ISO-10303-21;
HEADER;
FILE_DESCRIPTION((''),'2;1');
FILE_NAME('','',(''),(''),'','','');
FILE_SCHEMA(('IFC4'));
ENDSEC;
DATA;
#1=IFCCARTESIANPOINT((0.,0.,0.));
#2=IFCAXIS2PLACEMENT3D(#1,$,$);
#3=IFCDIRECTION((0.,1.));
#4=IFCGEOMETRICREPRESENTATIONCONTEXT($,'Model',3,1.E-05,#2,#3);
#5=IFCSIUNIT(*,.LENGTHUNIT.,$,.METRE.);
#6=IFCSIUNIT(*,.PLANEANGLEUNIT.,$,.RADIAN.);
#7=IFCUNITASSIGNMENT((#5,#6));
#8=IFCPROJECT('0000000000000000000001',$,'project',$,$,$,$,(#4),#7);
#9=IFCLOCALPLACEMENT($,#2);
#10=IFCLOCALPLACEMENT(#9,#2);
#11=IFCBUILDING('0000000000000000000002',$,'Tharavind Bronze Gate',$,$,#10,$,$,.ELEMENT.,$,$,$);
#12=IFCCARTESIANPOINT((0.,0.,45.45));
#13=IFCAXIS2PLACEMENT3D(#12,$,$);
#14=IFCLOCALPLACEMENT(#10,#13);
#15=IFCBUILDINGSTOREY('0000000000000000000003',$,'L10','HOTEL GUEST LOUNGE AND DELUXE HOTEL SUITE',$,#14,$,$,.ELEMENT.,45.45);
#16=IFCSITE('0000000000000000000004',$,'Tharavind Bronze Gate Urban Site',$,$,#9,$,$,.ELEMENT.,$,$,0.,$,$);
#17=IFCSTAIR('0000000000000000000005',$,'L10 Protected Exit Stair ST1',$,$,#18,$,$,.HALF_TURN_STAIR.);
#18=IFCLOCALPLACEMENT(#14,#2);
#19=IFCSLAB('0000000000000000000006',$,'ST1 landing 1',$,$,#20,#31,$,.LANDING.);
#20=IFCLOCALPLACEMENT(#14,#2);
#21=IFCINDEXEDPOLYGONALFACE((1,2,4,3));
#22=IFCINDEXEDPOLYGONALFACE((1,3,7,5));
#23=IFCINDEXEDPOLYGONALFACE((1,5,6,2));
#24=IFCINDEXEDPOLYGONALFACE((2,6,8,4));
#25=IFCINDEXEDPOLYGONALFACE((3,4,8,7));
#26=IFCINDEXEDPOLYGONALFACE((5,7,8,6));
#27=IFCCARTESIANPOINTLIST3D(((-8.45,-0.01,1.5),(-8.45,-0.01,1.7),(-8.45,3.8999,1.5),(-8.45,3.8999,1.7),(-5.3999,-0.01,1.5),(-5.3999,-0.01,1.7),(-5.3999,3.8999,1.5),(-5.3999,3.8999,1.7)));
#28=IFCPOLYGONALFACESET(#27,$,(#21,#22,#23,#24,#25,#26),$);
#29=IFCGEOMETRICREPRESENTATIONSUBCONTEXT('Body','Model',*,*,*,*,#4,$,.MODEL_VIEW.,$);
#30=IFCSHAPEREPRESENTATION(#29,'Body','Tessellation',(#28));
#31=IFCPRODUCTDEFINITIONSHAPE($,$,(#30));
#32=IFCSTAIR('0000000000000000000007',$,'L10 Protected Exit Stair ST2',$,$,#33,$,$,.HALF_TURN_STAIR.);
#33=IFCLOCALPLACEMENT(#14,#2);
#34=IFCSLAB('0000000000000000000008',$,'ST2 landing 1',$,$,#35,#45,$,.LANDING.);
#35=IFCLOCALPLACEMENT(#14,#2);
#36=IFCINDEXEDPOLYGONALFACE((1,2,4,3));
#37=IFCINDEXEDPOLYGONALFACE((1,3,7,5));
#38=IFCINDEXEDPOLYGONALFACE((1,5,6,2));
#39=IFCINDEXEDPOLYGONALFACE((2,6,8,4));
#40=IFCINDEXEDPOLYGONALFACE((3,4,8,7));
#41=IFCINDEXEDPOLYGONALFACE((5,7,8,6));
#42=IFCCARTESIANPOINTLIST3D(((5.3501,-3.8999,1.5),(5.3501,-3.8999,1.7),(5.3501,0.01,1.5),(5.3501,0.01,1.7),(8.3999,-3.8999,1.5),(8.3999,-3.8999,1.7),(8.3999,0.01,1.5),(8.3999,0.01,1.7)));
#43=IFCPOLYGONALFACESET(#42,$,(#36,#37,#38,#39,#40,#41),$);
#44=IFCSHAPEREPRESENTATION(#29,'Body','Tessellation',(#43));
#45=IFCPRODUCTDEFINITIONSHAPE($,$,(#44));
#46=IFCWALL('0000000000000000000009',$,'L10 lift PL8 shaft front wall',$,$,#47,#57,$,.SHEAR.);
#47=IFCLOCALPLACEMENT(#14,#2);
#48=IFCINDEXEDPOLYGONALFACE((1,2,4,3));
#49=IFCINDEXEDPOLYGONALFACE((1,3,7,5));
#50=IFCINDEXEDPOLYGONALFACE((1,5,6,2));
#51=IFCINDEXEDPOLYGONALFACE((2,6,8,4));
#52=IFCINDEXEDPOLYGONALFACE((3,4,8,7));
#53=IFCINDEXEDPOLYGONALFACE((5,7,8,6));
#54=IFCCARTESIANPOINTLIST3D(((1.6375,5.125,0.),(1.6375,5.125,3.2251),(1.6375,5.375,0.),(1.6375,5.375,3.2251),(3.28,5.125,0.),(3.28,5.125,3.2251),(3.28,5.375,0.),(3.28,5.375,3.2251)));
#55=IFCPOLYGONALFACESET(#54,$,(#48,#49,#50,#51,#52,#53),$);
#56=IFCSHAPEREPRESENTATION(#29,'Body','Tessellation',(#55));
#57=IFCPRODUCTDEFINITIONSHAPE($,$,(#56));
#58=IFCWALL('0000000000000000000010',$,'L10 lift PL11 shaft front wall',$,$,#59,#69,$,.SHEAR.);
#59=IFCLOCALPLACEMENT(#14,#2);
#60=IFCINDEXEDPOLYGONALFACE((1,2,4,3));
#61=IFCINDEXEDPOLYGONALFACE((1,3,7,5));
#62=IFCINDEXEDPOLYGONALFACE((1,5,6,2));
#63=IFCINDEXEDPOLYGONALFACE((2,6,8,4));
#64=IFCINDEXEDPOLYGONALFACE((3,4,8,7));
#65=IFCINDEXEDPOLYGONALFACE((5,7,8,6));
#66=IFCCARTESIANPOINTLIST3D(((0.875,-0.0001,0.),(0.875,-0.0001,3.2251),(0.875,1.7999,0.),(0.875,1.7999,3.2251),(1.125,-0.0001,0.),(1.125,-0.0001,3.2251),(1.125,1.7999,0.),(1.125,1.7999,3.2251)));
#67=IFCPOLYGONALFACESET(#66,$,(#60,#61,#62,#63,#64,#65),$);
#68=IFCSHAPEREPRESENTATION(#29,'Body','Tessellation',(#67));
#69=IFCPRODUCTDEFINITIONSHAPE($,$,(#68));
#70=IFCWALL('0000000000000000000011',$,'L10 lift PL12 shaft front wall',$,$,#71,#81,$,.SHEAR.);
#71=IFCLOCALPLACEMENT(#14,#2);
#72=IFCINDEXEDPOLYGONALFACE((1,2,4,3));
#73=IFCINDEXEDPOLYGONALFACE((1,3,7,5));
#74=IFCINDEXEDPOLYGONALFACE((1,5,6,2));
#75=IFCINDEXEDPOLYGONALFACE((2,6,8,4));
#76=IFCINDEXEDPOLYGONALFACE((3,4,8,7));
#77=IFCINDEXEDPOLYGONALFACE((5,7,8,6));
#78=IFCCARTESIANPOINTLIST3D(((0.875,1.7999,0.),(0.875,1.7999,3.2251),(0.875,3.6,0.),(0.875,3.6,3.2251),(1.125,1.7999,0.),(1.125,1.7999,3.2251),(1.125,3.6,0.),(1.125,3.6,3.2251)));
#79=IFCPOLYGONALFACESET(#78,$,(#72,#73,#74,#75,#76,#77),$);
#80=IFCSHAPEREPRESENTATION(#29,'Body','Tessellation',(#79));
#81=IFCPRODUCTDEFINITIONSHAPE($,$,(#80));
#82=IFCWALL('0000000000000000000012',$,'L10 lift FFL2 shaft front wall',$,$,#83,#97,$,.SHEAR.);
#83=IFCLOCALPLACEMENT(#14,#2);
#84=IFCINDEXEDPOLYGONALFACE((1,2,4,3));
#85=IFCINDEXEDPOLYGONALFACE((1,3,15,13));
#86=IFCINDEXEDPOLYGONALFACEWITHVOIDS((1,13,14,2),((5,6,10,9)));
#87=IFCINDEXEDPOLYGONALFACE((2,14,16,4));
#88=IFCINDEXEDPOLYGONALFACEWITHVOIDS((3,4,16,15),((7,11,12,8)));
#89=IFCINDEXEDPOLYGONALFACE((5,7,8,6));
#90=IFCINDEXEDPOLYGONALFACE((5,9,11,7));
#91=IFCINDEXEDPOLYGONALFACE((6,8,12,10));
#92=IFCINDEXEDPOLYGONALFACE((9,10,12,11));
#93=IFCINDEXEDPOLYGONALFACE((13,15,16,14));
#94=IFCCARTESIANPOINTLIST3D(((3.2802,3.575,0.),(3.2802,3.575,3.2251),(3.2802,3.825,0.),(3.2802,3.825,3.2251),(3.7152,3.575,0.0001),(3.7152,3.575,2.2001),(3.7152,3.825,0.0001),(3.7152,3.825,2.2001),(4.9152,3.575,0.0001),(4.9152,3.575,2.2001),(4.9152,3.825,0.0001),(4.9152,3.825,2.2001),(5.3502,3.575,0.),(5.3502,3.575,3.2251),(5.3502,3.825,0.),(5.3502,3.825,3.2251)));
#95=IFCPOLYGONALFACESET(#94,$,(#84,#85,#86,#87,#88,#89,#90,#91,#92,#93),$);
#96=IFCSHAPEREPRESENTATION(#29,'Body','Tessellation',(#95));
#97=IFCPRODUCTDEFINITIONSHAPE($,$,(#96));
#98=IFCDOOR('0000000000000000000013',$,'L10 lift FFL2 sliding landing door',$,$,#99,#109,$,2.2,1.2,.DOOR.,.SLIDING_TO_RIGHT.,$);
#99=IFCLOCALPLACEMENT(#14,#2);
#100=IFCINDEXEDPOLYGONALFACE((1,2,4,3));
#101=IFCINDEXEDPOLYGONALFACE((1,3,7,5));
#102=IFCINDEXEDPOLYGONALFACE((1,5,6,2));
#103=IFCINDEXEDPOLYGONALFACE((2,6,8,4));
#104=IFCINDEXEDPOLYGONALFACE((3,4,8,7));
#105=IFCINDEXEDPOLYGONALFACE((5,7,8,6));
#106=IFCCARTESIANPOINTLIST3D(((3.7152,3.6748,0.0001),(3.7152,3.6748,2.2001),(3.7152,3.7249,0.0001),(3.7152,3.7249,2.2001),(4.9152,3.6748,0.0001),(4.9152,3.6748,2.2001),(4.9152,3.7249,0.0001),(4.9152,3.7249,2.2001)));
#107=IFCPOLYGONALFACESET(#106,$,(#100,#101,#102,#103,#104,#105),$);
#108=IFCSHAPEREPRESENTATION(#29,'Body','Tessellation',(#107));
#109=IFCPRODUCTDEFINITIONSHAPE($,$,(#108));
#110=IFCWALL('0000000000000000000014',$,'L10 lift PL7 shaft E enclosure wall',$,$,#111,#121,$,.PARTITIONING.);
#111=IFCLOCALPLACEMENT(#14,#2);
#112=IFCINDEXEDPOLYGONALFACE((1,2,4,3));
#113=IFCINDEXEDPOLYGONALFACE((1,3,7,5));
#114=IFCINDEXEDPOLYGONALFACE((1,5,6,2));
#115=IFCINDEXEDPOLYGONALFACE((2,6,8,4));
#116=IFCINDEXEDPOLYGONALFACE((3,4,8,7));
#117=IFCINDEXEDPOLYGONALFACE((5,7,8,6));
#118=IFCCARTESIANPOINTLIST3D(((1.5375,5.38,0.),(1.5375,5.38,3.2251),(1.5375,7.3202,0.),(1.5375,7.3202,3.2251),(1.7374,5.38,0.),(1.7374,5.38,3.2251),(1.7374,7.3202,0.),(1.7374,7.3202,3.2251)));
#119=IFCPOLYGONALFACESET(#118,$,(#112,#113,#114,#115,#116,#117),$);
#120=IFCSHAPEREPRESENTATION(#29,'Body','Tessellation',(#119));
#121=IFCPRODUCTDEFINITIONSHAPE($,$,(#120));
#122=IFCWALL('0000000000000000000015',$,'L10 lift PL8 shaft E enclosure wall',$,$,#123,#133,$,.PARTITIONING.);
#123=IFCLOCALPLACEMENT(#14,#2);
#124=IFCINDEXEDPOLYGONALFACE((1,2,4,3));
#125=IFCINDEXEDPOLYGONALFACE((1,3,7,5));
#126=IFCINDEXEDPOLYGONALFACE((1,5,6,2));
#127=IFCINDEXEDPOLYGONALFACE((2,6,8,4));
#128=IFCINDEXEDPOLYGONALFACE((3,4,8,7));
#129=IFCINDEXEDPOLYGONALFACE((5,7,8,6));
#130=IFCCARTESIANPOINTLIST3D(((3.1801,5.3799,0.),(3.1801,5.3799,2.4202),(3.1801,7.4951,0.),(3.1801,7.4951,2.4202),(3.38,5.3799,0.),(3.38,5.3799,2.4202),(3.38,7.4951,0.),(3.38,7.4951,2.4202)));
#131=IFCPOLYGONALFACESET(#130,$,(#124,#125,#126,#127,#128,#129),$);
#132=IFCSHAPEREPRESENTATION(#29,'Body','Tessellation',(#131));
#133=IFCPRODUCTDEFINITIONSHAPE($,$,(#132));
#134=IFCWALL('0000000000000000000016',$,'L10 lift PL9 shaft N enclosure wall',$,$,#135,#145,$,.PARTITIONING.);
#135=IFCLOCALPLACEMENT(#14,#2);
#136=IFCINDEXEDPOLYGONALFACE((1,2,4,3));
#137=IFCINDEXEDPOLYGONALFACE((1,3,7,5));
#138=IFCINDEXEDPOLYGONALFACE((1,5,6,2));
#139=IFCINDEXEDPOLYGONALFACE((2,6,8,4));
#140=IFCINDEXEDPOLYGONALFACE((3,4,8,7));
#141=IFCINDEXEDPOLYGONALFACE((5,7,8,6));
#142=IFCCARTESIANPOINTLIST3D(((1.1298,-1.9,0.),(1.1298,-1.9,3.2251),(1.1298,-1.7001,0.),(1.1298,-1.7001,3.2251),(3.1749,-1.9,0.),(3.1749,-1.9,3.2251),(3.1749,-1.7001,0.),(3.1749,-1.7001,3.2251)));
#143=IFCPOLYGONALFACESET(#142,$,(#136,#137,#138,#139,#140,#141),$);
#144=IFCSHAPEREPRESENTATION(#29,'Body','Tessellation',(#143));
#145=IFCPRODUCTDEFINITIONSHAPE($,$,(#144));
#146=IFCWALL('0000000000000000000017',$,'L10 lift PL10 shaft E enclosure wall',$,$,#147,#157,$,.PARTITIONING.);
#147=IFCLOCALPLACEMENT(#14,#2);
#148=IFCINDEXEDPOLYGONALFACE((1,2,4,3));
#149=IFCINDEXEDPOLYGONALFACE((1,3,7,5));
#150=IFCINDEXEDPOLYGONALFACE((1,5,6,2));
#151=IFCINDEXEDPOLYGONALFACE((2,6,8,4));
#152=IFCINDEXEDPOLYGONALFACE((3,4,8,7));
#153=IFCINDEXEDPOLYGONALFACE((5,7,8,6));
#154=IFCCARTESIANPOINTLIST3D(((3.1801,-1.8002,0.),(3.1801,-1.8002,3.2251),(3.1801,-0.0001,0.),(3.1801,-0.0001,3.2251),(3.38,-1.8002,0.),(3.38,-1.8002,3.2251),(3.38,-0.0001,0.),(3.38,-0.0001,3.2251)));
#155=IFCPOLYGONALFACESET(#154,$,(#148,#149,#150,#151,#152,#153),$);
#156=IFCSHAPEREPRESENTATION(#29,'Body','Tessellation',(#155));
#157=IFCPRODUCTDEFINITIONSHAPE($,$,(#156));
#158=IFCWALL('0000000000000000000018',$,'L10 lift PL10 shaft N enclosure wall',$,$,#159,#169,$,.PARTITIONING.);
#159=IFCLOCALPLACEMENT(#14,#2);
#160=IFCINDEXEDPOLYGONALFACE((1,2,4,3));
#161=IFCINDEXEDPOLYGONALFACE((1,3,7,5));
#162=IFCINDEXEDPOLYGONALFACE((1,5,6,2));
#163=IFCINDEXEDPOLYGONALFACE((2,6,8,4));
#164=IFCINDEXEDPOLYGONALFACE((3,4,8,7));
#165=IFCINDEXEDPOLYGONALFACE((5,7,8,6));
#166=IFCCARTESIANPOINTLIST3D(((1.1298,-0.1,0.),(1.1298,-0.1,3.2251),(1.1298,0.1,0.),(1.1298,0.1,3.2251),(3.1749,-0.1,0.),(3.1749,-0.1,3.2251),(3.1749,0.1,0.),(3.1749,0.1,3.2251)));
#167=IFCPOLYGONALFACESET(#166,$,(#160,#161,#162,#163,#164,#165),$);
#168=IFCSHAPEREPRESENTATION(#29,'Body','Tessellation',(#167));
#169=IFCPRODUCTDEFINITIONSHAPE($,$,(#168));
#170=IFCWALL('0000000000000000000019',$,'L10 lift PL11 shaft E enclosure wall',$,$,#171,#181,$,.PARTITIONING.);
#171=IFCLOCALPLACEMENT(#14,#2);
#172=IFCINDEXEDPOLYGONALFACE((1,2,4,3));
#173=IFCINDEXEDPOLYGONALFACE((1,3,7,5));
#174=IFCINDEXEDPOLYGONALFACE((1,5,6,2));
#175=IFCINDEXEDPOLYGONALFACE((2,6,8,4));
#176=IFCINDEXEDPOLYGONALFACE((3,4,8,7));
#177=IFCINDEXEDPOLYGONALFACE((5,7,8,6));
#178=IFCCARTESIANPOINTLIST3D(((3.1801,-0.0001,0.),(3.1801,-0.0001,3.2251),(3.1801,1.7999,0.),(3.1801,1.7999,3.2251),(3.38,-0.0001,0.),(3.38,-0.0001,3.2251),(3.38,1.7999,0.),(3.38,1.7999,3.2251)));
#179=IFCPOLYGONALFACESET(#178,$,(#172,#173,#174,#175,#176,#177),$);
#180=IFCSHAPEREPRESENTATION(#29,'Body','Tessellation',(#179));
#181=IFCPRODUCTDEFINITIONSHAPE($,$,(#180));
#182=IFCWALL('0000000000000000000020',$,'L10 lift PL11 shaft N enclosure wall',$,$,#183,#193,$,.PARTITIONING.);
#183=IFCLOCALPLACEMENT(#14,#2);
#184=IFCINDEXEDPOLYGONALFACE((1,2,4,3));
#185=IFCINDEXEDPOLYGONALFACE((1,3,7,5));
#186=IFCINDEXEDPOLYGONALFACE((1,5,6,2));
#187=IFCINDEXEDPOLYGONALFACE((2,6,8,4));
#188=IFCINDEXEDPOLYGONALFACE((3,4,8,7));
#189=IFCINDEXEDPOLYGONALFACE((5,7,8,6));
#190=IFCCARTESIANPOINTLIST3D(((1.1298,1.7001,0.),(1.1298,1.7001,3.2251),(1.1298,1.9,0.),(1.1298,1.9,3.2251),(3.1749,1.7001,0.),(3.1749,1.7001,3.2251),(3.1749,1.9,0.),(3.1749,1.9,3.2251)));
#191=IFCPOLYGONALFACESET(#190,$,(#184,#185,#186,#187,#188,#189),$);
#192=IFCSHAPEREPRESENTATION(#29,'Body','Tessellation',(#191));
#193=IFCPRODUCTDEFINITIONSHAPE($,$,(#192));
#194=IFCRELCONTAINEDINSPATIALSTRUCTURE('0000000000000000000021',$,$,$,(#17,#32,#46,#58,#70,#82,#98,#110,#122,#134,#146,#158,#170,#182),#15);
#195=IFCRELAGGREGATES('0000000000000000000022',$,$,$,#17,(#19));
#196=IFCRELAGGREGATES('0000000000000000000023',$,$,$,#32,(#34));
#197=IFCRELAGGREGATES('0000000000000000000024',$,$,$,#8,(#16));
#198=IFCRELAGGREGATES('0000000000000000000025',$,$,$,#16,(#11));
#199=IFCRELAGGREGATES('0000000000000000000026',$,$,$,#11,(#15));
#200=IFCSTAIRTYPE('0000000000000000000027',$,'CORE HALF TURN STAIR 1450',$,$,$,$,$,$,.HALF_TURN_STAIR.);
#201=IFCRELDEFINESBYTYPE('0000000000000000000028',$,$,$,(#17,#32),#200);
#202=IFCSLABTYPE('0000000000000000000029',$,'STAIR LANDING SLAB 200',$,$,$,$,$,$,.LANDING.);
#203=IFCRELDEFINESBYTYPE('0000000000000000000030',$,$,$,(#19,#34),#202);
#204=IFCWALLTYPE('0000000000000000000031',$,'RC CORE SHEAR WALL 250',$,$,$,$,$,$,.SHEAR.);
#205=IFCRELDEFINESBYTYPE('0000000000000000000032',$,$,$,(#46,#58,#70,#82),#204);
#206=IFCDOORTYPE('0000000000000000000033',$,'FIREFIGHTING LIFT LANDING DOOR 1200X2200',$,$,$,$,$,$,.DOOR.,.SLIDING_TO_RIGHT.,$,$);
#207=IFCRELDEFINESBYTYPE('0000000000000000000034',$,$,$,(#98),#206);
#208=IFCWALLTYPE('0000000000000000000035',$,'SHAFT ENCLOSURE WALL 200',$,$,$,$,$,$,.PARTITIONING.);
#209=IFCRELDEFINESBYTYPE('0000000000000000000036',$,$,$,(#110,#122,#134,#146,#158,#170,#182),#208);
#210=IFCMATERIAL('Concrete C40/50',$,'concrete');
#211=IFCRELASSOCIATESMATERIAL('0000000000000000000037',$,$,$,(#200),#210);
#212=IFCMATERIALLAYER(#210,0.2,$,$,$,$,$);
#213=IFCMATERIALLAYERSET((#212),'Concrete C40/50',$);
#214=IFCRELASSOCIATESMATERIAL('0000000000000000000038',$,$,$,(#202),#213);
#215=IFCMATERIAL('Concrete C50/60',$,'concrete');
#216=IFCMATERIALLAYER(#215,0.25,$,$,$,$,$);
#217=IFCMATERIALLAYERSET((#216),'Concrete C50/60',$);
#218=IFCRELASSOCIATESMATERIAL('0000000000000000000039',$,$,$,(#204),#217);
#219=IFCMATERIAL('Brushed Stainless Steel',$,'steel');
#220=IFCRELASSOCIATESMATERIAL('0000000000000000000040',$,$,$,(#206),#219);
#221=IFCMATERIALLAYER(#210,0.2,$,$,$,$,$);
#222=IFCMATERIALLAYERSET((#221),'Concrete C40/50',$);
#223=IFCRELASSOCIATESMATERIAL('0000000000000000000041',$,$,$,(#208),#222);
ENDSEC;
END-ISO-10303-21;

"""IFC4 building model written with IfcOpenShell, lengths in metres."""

from ifc_helpers import new_model, si_unit, direction, frame, frame_2d, origin, place, context, subcontext, project, spatial, polyline, rectangle, outline, extrude, material, layer, layer_set, type_object, element, fill, aggregate, save


model = new_model("IFC4")

# Units and contexts
model_context = context("Model", 3, precision=1e-05, world=origin(), true_north=direction((0.0, 1.0)))
body_context = subcontext(model_context, "Body", "Model", "MODEL_VIEW")
ifc_project = project(units=[si_unit("LENGTHUNIT", "METRE"), si_unit("PLANEANGLEUNIT", "RADIAN")], contexts=[model_context])

# Site, building, storey
site_placement = place(None, origin())
site = spatial("IfcSite", under=ifc_project, at=site_placement, Name="Tharavind Bronze Gate Urban Site", CompositionType="ELEMENT", RefElevation=0.0)
building_placement = place(site_placement, origin())
building = spatial("IfcBuilding", under=site, at=building_placement, Name="Tharavind Bronze Gate", CompositionType="ELEMENT")
storey_placement = place(building_placement, frame((0.0, 0.0, 45.45)))
storey = spatial("IfcBuildingStorey", under=building, at=storey_placement, Name="L10", Description="HOTEL GUEST LOUNGE AND DELUXE HOTEL SUITE", CompositionType="ELEMENT", Elevation=45.45)

# Stairs, slabs
ifc_material_1 = material(Name="Concrete C40/50", Category="concrete")
stair_type = type_object("IfcStairType", Name="CORE HALF TURN STAIR 1450", PredefinedType="HALF_TURN_STAIR", material=ifc_material_1)
stair_1_placement = place(storey_placement, origin())
stair_1 = element("IfcStair", 1, at=stair_1_placement, inside=storey, type_object=stair_type, Name="L10 Protected Exit Stair ST1", PredefinedType="HALF_TURN_STAIR")
ifc_layer_1 = layer(ifc_material_1, 0.2)
ifc_layer_set_1 = layer_set([ifc_layer_1], Name="Concrete C40/50")
slab_type = type_object("IfcSlabType", Name="STAIR LANDING SLAB 200", PredefinedType="LANDING", material=ifc_layer_set_1)
slab_1_placement = place(storey_placement, frame((0.0, 0.0, 1.5)))
slab_1 = element("IfcSlab", 2, at=slab_1_placement, type_object=slab_type, Name="ST1 landing 1", PredefinedType="LANDING", context=body_context, shape_type="SweptSolid", body=[
    extrude(outline(polyline([(-5.3999, -0.01), (-5.3999, 3.8999), (-8.45, 3.8999), (-8.45, -0.01), (-5.3999, -0.01)])), origin(), (0.0, 0.0, 1.0), 0.2),
])
aggregate(stair_1, [slab_1])
stair_2_placement = place(storey_placement, origin())
stair_2 = element("IfcStair", 3, at=stair_2_placement, inside=storey, type_object=stair_type, Name="L10 Protected Exit Stair ST2", PredefinedType="HALF_TURN_STAIR")
slab_2_placement = place(storey_placement, frame((0.0, 0.0, 1.5)))
slab_2 = element("IfcSlab", 4, at=slab_2_placement, type_object=slab_type, Name="ST2 landing 1", PredefinedType="LANDING", context=body_context, shape_type="SweptSolid", body=[
    extrude(outline(polyline([(5.3501, 0.01), (5.3501, -3.8999), (8.3999, -3.8999), (8.3999, 0.01), (5.3501, 0.01)])), origin(), (0.0, 0.0, 1.0), 0.2),
])
aggregate(stair_2, [slab_2])

# Walls
ifc_material_2 = material(Name="Concrete C50/60", Category="concrete")
ifc_layer_2 = layer(ifc_material_2, 0.25)
ifc_layer_set_2 = layer_set([ifc_layer_2], Name="Concrete C50/60")
wall_type_1 = type_object("IfcWallType", Name="RC CORE SHEAR WALL 250", PredefinedType="SHEAR", material=ifc_layer_set_2)
wall_1_placement = place(storey_placement, frame((1.6375, 5.25, 0.0), z_axis=(0.0, 0.0, 1.0), x_axis=(1.0, 0.0, 0.0)))
element("IfcWall", 5, at=wall_1_placement, inside=storey, type_object=wall_type_1, Name="L10 lift PL8 shaft front wall", PredefinedType="SHEAR", context=body_context, shape_type="SweptSolid", body=[
    extrude(rectangle(XDim=1.6426, YDim=0.25, at=frame_2d((0.8213, 0.0))), origin(), (0.0, 0.0, 1.0), 3.2251),
])
for number, where, z_axis, x_axis, name in (
    (6, (1.0, 0.0, 0.0), (0.0, 0.0, 1.0), (0.0, 1.0, 0.0), "L10 lift PL11 shaft front wall"),
    (7, (1.0, 1.8, 0.0), (0.0, 0.0, 1.0), (0.0, 1.0, 0.0), "L10 lift PL12 shaft front wall"),
):
    element("IfcWall", number, at=place(storey_placement, frame(where, z_axis=z_axis, x_axis=x_axis)), inside=storey, type_object=wall_type_1, Name=name, PredefinedType="SHEAR", context=body_context, shape_type="SweptSolid", body=[
        extrude(rectangle(XDim=1.8, YDim=0.25, at=frame_2d((0.8999, 0.0))), origin(), (0.0, 0.0, 1.0), 3.2251),
    ])

# Wall, opening, door
wall_2_placement = place(storey_placement, frame((3.28, 3.7, 0.0), z_axis=(0.0, 0.0, 1.0), x_axis=(1.0, 0.0, 0.0)))
wall_2 = element("IfcWall", 8, at=wall_2_placement, inside=storey, type_object=wall_type_1, Name="L10 lift FFL2 shaft front wall", PredefinedType="SHEAR", context=body_context, shape_type="SweptSolid", body=[
    extrude(rectangle(XDim=2.0701, YDim=0.25, at=frame_2d((1.0352, 0.0))), origin(), (0.0, 0.0, 1.0), 3.2251),
])
opening_placement = place(wall_2_placement, frame((0.4351, 0.0, 0.0)))
opening = element("IfcOpeningElement", 9, at=opening_placement, cuts=wall_2, PredefinedType="OPENING", context=body_context, shape_type="SweptSolid", body=[
    extrude(rectangle(XDim=1.2, YDim=2.2, at=frame_2d((0.6001, 1.1001))), frame((0.0, 0.135, 0.0), z_axis=(0.0, -1.0, 0.0), x_axis=(1.0, 0.0, 0.0)), (0.0, 0.0, 1.0), 0.27),
])
ifc_material_3 = material(Name="Brushed Stainless Steel", Category="steel")
door_type = type_object("IfcDoorType", Name="FIREFIGHTING LIFT LANDING DOOR 1200X2200", OperationType="SLIDING_TO_RIGHT", PredefinedType="DOOR", material=ifc_material_3)
door_placement = place(opening_placement, origin())
door = element("IfcDoor", 10, at=door_placement, inside=storey, type_object=door_type, Name="L10 lift FFL2 sliding landing door", OperationType="SLIDING_TO_RIGHT", OverallHeight=2.2, OverallWidth=1.2, PredefinedType="DOOR", context=body_context, shape_type="SweptSolid", body=[
    extrude(rectangle(XDim=1.2, YDim=2.2, at=frame_2d((0.6001, 1.1001))), frame((0.0, 0.0249, 0.0), z_axis=(0.0, -1.0, 0.0), x_axis=(1.0, 0.0, 0.0)), (0.0, 0.0, 1.0), 0.05),
])
fill(opening, door)

# Walls
ifc_layer_3 = layer(ifc_material_1, 0.2)
ifc_layer_set_3 = layer_set([ifc_layer_3], Name="Concrete C40/50")
wall_type_2 = type_object("IfcWallType", Name="SHAFT ENCLOSURE WALL 200", PredefinedType="PARTITIONING", material=ifc_layer_set_3)
wall_3_placement = place(storey_placement, frame((1.6375, 5.3799, 0.0), z_axis=(0.0, 0.0, 1.0), x_axis=(0.0, 1.0, 0.0)))
element("IfcWall", 11, at=wall_3_placement, inside=storey, type_object=wall_type_2, Name="L10 lift PL7 shaft E enclosure wall", PredefinedType="PARTITIONING", context=body_context, shape_type="SweptSolid", body=[
    extrude(rectangle(XDim=1.9402, YDim=0.2, at=frame_2d((0.9702, 0.0))), origin(), (0.0, 0.0, 1.0), 3.2251),
])
wall_4_placement = place(storey_placement, frame((3.28, 5.3799, 0.0), z_axis=(0.0, 0.0, 1.0), x_axis=(0.0, 1.0, 0.0)))
element("IfcWall", 12, at=wall_4_placement, inside=storey, type_object=wall_type_2, Name="L10 lift PL8 shaft E enclosure wall", PredefinedType="PARTITIONING", context=body_context, shape_type="SweptSolid", body=[
    extrude(rectangle(XDim=2.1152, YDim=0.2, at=frame_2d((1.0576, 0.0))), origin(), (0.0, 0.0, 1.0), 2.4202),
])
wall_5_placement = place(storey_placement, frame((1.1299, -1.8, 0.0), z_axis=(0.0, 0.0, 1.0), x_axis=(1.0, 0.0, 0.0)))
element("IfcWall", 13, at=wall_5_placement, inside=storey, type_object=wall_type_2, Name="L10 lift PL9 shaft N enclosure wall", PredefinedType="PARTITIONING", context=body_context, shape_type="SweptSolid", body=[
    extrude(rectangle(XDim=2.0452, YDim=0.2, at=frame_2d((1.0225, 0.0))), origin(), (0.0, 0.0, 1.0), 3.2251),
])
wall_6_placement = place(storey_placement, frame((3.28, -1.8, 0.0), z_axis=(0.0, 0.0, 1.0), x_axis=(0.0, 1.0, 0.0)))
element("IfcWall", 14, at=wall_6_placement, inside=storey, type_object=wall_type_2, Name="L10 lift PL10 shaft E enclosure wall", PredefinedType="PARTITIONING", context=body_context, shape_type="SweptSolid", body=[
    extrude(rectangle(XDim=1.8, YDim=0.2, at=frame_2d((0.8999, 0.0))), origin(), (0.0, 0.0, 1.0), 3.2251),
])
wall_7_placement = place(storey_placement, frame((1.1299, 0.0, 0.0), z_axis=(0.0, 0.0, 1.0), x_axis=(1.0, 0.0, 0.0)))
element("IfcWall", 15, at=wall_7_placement, inside=storey, type_object=wall_type_2, Name="L10 lift PL10 shaft N enclosure wall", PredefinedType="PARTITIONING", context=body_context, shape_type="SweptSolid", body=[
    extrude(rectangle(XDim=2.0452, YDim=0.2, at=frame_2d((1.0225, 0.0))), origin(), (0.0, 0.0, 1.0), 3.2251),
])
wall_8_placement = place(storey_placement, frame((3.28, 0.0, 0.0), z_axis=(0.0, 0.0, 1.0), x_axis=(0.0, 1.0, 0.0)))
element("IfcWall", 16, at=wall_8_placement, inside=storey, type_object=wall_type_2, Name="L10 lift PL11 shaft E enclosure wall", PredefinedType="PARTITIONING", context=body_context, shape_type="SweptSolid", body=[
    extrude(rectangle(XDim=1.8, YDim=0.2, at=frame_2d((0.8999, 0.0))), origin(), (0.0, 0.0, 1.0), 3.2251),
])
wall_9_placement = place(storey_placement, frame((1.1299, 1.8, 0.0), z_axis=(0.0, 0.0, 1.0), x_axis=(1.0, 0.0, 0.0)))
element("IfcWall", 17, at=wall_9_placement, inside=storey, type_object=wall_type_2, Name="L10 lift PL11 shaft N enclosure wall", PredefinedType="PARTITIONING", context=body_context, shape_type="SweptSolid", body=[
    extrude(rectangle(XDim=2.0452, YDim=0.2, at=frame_2d((1.0225, 0.0))), origin(), (0.0, 0.0, 1.0), 3.2251),
])

save(model, "model.ifc")
